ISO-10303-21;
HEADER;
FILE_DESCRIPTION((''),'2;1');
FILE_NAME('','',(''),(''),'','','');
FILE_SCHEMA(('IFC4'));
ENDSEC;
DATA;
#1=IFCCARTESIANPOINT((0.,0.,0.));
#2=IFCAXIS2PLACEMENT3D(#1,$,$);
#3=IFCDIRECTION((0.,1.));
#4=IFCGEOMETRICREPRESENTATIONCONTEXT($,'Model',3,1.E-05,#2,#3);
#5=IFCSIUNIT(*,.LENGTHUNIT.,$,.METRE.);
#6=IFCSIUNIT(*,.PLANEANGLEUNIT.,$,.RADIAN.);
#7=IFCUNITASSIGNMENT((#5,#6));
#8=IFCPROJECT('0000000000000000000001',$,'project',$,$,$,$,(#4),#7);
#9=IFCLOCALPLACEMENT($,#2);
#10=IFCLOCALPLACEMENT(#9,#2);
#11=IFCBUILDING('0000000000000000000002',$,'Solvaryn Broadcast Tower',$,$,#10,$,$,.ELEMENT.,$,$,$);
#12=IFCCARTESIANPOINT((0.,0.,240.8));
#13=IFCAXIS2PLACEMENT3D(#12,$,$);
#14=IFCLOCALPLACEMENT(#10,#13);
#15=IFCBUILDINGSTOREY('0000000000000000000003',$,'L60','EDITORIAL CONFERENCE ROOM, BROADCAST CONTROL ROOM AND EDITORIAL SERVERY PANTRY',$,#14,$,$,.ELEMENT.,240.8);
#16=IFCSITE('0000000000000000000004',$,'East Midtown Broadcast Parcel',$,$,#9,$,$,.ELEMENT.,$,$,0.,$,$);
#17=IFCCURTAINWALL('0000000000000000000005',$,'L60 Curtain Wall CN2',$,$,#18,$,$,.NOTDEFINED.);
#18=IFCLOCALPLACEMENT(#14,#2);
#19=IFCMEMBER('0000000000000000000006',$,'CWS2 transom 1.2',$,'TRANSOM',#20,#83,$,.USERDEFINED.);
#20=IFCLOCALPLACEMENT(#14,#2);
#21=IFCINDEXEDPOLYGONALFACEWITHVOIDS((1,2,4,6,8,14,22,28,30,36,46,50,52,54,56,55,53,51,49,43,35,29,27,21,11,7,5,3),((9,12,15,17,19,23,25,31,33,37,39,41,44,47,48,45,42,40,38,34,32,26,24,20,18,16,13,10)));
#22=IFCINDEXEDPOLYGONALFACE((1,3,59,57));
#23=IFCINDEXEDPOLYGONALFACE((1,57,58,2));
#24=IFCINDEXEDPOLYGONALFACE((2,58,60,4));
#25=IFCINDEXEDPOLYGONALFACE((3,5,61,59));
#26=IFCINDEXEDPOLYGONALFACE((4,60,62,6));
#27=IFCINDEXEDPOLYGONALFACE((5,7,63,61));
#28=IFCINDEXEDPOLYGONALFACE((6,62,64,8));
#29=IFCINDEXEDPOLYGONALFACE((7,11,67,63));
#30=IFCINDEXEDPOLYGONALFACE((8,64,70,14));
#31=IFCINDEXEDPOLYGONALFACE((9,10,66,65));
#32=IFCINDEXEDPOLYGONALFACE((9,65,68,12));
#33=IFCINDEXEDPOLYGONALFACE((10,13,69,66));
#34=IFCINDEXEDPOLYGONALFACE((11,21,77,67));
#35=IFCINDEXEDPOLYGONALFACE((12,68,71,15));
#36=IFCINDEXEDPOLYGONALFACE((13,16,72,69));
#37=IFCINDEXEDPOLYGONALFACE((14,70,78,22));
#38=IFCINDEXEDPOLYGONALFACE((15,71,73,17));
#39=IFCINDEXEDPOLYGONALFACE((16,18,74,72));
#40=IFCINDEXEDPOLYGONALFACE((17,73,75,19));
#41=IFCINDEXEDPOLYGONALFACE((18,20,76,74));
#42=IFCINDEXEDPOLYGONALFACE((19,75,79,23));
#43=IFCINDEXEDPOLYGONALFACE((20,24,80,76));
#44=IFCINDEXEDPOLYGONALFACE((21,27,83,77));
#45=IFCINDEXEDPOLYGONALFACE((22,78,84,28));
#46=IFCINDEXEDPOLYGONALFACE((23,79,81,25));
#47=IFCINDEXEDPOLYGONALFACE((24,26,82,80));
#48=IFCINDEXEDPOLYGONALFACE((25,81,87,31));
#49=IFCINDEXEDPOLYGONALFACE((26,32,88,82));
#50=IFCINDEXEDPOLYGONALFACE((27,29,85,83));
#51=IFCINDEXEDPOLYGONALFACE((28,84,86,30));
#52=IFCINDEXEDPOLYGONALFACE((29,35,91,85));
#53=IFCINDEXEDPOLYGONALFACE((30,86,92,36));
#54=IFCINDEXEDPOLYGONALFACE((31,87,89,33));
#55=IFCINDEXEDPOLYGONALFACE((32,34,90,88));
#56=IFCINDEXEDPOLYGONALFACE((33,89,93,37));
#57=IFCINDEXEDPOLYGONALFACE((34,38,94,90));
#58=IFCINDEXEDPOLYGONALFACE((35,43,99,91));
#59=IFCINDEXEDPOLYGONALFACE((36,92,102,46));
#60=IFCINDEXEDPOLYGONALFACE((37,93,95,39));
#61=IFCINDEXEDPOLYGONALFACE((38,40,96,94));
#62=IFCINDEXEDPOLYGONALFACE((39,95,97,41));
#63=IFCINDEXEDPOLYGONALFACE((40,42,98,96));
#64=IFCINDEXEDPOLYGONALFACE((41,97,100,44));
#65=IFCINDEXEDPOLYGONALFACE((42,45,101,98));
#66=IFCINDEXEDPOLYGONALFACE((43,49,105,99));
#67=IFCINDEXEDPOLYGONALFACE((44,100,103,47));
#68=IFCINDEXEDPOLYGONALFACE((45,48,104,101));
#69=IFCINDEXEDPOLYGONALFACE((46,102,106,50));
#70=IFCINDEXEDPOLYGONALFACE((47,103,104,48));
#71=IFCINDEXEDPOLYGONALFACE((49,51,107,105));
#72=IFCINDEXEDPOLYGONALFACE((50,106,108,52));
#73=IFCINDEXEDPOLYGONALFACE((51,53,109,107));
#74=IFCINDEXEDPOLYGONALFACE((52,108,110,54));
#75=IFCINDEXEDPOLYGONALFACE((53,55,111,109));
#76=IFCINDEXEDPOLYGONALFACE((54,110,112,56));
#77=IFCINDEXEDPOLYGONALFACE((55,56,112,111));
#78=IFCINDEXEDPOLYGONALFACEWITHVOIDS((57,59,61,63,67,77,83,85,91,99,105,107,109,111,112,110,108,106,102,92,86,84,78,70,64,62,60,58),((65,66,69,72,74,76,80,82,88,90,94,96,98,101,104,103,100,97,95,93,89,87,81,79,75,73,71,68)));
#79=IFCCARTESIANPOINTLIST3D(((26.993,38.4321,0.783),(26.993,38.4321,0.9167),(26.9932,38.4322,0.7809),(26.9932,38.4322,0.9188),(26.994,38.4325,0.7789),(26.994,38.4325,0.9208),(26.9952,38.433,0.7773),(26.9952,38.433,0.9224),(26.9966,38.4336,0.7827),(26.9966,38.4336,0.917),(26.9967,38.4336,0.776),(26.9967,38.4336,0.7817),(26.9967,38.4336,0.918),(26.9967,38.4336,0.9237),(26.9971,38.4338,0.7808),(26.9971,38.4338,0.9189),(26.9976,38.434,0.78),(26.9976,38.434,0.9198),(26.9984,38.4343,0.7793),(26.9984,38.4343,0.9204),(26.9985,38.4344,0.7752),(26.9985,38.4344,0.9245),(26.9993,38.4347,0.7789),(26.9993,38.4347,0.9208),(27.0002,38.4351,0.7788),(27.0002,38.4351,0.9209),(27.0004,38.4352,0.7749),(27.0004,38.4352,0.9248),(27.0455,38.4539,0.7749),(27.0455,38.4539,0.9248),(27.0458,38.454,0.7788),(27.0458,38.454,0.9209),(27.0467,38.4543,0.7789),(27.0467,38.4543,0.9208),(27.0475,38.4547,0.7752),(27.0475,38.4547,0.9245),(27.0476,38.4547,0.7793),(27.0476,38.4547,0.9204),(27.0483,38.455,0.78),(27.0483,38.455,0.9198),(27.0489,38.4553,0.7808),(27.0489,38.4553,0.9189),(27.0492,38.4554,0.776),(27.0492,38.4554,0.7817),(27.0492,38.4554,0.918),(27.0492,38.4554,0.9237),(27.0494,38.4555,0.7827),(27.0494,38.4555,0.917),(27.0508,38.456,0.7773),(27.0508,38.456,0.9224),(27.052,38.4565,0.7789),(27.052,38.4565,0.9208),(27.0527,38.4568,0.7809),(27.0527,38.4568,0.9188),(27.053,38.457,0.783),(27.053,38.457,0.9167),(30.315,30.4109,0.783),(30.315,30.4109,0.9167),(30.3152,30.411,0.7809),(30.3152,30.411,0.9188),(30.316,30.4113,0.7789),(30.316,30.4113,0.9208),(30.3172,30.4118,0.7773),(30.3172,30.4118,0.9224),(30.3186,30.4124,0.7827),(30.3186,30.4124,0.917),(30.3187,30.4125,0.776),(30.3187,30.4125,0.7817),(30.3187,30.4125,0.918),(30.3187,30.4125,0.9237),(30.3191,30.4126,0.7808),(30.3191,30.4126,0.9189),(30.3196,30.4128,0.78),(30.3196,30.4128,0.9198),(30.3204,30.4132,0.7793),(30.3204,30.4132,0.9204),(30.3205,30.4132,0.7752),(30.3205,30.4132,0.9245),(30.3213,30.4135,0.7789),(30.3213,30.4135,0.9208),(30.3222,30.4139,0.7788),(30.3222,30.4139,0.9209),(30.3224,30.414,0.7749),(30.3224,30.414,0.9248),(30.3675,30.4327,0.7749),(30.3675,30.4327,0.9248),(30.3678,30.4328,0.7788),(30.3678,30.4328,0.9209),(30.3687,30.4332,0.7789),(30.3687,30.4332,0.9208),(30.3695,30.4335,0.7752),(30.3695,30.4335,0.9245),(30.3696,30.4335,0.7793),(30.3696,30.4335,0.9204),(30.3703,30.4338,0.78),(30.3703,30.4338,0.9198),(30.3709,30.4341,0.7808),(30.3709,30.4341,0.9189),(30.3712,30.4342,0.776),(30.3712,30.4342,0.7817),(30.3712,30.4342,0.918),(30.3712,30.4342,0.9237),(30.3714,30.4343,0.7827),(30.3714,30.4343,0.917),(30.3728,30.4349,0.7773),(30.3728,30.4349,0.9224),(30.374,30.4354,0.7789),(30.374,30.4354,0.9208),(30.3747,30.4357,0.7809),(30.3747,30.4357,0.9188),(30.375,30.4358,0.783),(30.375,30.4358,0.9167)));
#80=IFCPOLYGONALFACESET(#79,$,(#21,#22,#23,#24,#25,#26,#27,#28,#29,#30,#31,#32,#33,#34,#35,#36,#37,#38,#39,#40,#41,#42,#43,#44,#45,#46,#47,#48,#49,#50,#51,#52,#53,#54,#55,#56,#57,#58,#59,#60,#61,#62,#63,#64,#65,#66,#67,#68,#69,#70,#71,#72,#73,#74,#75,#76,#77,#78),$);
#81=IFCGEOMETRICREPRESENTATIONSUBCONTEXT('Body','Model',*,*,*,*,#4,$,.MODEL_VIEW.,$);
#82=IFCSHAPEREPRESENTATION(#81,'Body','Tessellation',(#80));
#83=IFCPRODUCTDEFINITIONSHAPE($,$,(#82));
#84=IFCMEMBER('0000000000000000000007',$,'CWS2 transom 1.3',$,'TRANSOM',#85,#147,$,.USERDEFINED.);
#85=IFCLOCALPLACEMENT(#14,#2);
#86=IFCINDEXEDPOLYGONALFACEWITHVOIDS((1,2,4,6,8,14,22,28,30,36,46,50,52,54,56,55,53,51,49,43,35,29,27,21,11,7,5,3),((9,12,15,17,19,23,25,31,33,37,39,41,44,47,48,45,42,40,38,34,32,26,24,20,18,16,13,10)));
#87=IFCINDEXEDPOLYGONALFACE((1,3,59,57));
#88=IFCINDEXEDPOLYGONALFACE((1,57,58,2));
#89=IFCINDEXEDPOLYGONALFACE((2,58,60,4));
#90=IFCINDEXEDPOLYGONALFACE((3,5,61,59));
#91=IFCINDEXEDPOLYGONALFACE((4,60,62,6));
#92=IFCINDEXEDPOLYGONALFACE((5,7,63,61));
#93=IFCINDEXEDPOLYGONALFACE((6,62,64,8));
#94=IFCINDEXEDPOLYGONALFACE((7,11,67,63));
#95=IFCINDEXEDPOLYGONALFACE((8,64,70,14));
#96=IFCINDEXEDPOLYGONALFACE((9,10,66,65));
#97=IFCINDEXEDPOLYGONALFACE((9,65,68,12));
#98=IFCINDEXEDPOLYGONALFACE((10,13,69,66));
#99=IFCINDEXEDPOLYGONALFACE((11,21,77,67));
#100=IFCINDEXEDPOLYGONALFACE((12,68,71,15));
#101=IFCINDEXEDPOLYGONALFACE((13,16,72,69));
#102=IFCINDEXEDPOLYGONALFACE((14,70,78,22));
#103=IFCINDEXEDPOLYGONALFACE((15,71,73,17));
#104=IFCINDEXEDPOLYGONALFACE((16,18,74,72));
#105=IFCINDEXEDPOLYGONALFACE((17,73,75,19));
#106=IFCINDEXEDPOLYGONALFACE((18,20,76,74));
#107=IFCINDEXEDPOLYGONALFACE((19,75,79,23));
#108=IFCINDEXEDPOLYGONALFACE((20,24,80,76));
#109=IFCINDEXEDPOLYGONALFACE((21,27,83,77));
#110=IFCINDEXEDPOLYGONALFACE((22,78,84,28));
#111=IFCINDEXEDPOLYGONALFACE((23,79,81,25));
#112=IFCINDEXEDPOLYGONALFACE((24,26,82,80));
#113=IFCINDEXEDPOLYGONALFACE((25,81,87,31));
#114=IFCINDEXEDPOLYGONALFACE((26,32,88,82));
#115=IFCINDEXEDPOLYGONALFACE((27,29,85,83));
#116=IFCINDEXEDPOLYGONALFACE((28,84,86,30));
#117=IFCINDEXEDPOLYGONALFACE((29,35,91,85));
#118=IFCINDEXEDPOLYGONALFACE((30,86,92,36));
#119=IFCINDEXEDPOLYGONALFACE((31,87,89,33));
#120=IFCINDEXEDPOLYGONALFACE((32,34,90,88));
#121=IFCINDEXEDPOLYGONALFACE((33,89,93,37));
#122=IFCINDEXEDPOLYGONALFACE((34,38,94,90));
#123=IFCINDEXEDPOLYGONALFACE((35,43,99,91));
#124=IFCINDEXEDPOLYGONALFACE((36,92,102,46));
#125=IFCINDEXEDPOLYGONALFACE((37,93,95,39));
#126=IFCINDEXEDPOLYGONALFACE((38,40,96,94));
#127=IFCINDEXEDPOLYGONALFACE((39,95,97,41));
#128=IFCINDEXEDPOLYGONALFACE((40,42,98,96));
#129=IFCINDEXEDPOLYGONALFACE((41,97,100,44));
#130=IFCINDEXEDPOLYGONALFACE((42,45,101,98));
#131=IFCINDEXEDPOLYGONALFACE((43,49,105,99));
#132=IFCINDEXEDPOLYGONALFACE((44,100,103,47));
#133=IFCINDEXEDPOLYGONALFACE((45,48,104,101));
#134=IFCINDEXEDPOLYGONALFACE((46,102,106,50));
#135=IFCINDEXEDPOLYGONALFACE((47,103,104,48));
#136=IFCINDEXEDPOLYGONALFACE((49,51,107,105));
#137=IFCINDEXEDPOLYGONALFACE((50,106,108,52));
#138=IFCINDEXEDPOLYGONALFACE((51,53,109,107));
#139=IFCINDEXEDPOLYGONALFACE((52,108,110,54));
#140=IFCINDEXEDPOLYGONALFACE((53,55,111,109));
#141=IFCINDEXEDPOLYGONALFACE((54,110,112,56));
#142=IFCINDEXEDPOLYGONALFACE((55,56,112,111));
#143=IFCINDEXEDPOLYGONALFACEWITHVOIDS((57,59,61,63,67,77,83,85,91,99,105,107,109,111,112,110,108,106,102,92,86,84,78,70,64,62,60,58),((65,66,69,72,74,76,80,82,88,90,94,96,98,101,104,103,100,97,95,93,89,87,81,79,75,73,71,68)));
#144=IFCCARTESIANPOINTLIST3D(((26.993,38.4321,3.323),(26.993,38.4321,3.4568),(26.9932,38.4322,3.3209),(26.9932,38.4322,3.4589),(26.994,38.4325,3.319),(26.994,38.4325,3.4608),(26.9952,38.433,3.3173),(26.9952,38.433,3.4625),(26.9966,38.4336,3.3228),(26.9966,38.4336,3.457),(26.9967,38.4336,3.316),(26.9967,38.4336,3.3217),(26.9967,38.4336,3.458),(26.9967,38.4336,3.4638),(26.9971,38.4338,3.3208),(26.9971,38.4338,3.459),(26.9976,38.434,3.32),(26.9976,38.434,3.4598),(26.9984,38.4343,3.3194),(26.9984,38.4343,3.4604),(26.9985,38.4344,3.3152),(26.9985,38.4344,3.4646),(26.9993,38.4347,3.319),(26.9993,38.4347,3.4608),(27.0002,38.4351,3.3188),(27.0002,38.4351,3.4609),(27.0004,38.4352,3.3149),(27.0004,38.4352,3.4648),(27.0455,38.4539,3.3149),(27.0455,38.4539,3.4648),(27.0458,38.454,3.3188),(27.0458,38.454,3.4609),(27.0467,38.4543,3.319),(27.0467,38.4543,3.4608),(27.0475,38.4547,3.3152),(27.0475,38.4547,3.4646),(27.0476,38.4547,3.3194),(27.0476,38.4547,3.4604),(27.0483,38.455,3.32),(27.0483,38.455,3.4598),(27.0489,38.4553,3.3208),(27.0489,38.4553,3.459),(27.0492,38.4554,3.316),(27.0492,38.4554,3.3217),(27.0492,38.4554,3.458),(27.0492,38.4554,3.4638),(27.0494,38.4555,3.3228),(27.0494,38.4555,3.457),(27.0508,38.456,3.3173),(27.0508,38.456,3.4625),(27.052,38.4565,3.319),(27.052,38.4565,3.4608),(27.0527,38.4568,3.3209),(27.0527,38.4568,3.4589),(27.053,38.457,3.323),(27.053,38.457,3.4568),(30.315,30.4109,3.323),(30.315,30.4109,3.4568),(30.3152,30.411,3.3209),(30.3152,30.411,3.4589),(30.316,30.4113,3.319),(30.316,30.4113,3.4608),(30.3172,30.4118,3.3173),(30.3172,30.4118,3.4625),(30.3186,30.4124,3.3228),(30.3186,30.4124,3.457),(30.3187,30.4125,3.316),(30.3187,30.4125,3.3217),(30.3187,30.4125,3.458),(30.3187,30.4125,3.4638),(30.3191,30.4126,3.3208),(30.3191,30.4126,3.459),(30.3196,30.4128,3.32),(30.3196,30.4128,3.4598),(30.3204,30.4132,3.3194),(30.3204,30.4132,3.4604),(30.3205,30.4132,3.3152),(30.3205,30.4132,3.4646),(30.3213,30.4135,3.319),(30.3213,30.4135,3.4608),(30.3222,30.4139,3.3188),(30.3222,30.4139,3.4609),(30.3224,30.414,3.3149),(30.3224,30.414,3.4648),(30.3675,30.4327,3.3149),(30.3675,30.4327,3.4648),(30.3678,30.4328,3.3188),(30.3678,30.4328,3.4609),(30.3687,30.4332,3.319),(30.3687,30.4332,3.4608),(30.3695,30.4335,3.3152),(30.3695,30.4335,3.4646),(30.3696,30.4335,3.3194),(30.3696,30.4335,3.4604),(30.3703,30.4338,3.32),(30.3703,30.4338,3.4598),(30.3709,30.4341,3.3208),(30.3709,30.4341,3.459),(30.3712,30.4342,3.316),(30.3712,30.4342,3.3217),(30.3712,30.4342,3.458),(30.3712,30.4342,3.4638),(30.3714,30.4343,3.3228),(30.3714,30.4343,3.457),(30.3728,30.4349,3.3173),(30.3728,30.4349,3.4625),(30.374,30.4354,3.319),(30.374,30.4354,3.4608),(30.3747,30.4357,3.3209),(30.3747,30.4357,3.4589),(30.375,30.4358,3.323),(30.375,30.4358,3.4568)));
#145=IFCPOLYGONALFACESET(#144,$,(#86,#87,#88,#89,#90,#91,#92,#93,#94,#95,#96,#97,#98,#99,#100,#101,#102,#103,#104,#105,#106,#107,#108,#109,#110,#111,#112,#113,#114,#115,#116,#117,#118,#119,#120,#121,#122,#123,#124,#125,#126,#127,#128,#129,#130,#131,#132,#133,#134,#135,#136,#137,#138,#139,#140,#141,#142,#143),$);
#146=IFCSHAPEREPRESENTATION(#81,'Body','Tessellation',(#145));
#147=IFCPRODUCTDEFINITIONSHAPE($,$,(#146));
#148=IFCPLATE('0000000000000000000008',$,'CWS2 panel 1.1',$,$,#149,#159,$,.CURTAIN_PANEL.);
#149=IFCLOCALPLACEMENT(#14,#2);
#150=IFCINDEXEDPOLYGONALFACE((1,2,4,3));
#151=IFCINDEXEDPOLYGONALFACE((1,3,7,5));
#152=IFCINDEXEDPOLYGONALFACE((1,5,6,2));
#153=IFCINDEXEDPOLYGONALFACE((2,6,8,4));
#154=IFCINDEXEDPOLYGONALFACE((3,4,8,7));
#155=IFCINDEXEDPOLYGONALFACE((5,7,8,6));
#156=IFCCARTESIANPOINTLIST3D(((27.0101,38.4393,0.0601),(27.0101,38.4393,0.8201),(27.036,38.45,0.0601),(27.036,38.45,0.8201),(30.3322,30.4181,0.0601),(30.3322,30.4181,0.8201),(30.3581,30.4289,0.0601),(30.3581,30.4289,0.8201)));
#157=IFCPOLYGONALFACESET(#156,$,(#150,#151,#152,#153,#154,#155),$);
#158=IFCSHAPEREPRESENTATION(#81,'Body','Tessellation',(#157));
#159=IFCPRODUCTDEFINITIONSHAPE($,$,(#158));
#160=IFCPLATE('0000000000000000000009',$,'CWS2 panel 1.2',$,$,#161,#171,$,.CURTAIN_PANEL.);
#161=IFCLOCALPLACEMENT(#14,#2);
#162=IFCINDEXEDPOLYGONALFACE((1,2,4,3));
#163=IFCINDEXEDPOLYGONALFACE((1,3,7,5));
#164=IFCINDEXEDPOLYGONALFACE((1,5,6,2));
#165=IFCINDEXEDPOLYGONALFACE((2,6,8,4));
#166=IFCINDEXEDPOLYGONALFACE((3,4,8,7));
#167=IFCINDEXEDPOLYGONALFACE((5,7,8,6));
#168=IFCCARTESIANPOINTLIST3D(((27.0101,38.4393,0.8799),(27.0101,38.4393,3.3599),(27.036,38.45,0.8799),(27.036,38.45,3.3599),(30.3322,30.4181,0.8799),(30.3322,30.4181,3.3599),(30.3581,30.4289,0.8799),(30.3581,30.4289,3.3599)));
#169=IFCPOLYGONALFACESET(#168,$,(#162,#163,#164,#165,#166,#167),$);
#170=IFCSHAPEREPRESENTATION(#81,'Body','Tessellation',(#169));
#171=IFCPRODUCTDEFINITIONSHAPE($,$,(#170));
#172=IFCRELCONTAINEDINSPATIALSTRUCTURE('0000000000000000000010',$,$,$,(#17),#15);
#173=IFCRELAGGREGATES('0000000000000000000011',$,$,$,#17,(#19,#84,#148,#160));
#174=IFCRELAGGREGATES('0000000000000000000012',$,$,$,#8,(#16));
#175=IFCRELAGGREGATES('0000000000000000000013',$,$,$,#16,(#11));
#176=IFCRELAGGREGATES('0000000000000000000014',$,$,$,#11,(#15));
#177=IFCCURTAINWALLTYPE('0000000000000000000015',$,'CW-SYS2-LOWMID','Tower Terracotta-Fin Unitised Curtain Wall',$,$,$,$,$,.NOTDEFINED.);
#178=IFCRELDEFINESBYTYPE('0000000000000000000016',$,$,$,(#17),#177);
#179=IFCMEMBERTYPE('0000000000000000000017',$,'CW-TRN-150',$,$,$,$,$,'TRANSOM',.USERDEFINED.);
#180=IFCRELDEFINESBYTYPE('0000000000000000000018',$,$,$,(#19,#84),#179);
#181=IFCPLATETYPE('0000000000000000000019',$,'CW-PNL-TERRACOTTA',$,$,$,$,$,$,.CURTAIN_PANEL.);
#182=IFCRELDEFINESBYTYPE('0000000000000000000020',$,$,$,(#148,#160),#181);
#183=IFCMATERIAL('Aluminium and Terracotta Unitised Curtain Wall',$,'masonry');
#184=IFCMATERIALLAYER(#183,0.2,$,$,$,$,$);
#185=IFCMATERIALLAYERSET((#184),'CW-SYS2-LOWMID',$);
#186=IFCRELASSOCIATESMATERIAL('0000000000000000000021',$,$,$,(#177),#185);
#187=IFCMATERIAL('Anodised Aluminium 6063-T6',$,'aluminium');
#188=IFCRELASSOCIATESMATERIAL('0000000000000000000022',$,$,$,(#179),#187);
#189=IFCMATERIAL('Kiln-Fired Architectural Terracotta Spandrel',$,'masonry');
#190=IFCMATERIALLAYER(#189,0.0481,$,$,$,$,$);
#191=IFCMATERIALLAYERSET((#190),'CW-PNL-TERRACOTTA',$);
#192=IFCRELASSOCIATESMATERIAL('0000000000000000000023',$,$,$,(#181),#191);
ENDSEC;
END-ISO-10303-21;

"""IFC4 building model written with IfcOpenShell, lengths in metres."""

from ifc_helpers import new_model, si_unit, direction, frame, origin, origin_2d, place, context, subcontext, project, spatial, rectangle, hollow_rectangle, extrude, material, layer, layer_set, material_profile, profile_set, type_object, element, aggregate, save


model = new_model("IFC4")

# Units and contexts
model_context = context("Model", 3, precision=1e-05, world=origin(), true_north=direction((0.0, 1.0)))
body_context = subcontext(model_context, "Body", "Model", "MODEL_VIEW")
ifc_project = project(units=[si_unit("LENGTHUNIT", "METRE"), si_unit("PLANEANGLEUNIT", "RADIAN")], contexts=[model_context])

# Site, building, storey
site_placement = place(None, origin())
site = spatial("IfcSite", under=ifc_project, at=site_placement, Name="East Midtown Broadcast Parcel", CompositionType="ELEMENT", RefElevation=0.0)
building_placement = place(site_placement, origin())
building = spatial("IfcBuilding", under=site, at=building_placement, Name="Solvaryn Broadcast Tower", CompositionType="ELEMENT")
storey_placement = place(building_placement, frame((0.0, 0.0, 240.8)))
storey = spatial("IfcBuildingStorey", under=building, at=storey_placement, Name="L60", Description="EDITORIAL CONFERENCE ROOM, BROADCAST CONTROL ROOM AND EDITORIAL SERVERY PANTRY", CompositionType="ELEMENT", Elevation=240.8)

# Curtain wall, members, plates
ifc_material_1 = material(Name="Aluminium and Terracotta Unitised Curtain Wall", Category="masonry")
ifc_layer_1 = layer(ifc_material_1, 0.2)
ifc_layer_set_1 = layer_set([ifc_layer_1], Name="CW-SYS2-LOWMID")
curtain_wall_type = type_object("IfcCurtainWallType", Name="CW-SYS2-LOWMID", Description="Tower Terracotta-Fin Unitised Curtain Wall", PredefinedType="NOTDEFINED", material=ifc_layer_set_1)
curtain_wall_placement = place(storey_placement, origin())
curtain_wall = element("IfcCurtainWall", 1, at=curtain_wall_placement, inside=storey, type_object=curtain_wall_type, Name="L60 Curtain Wall CN2", PredefinedType="NOTDEFINED")
ifc_material_2 = material(Name="Anodised Aluminium 6063-T6", Category="aluminium")
ifc_material_profile_1 = material_profile(ifc_material_2, hollow_rectangle(XDim=0.0649, YDim=0.1499, WallThickness=0.0039, InnerFilletRadius=0.0039, OuterFilletRadius=0.0081, at=origin_2d()))
ifc_profile_set_1 = profile_set([ifc_material_profile_1], Name="Anodised Aluminium 6063-T6")
member_type_1 = type_object("IfcMemberType", Name="CW-TRN-150", ElementType="TRANSOM", PredefinedType="USERDEFINED", material=ifc_profile_set_1)
member_1_placement = place(storey_placement, frame((30.345, 30.4233, 0.8499), z_axis=(-0.382636, 0.923899, 0.0), x_axis=(-0.923899, -0.382636, 0.0)))
member_1 = element("IfcMember", 2, at=member_1_placement, type_object=member_type_1, Name="CWS2 transom 1.2", ObjectType="TRANSOM", PredefinedType="USERDEFINED", context=body_context, shape_type="SweptSolid", body=[
    extrude(hollow_rectangle(XDim=0.0649, YDim=0.1499, WallThickness=0.0039, InnerFilletRadius=0.0039, OuterFilletRadius=0.0081, at=origin_2d()), origin(), (0.0, 0.0, 1.0), 8.6819),
])
member_2_placement = place(storey_placement, frame((30.345, 30.4233, 3.3899), z_axis=(-0.382636, 0.923899, 0.0), x_axis=(-0.923899, -0.382636, 0.0)))
member_2 = element("IfcMember", 3, at=member_2_placement, type_object=member_type_1, Name="CWS2 transom 1.3", ObjectType="TRANSOM", PredefinedType="USERDEFINED", context=body_context, shape_type="SweptSolid", body=[
    extrude(hollow_rectangle(XDim=0.0649, YDim=0.1499, WallThickness=0.0039, InnerFilletRadius=0.0039, OuterFilletRadius=0.0081, at=origin_2d()), origin(), (0.0, 0.0, 1.0), 8.6819),
])
ifc_material_3 = material(Name="Kiln-Fired Architectural Terracotta Spandrel", Category="masonry")
ifc_layer_2 = layer(ifc_material_3, 0.0481)
ifc_layer_set_2 = layer_set([ifc_layer_2], Name="CW-PNL-TERRACOTTA")
plate_type = type_object("IfcPlateType", Name="CW-PNL-TERRACOTTA", PredefinedType="CURTAIN_PANEL", material=ifc_layer_set_2)
plate_1_placement = place(storey_placement, frame((28.6841, 34.4341, 0.0601), z_axis=(0.0, 0.0, 1.0), x_axis=(-0.382646, 0.923895, 0.0)))
plate_1 = element("IfcPlate", 4, at=plate_1_placement, type_object=plate_type, Name="CWS2 panel 1.1", PredefinedType="CURTAIN_PANEL", context=body_context, shape_type="SweptSolid", body=[
    extrude(rectangle(XDim=8.6819, YDim=0.0281, at=origin_2d()), origin(), (0.0, 0.0, 1.0), 0.76),
])
plate_2_placement = place(storey_placement, frame((28.6841, 34.4341, 0.8799), z_axis=(0.0, 0.0, 1.0), x_axis=(-0.382646, 0.923895, 0.0)))
plate_2 = element("IfcPlate", 5, at=plate_2_placement, type_object=plate_type, Name="CWS2 panel 1.2", PredefinedType="CURTAIN_PANEL", context=body_context, shape_type="SweptSolid", body=[
    extrude(rectangle(XDim=8.6819, YDim=0.0281, at=origin_2d()), origin(), (0.0, 0.0, 1.0), 2.48),
])
aggregate(curtain_wall, [member_1, member_2, plate_1, plate_2])

save(model, "model.ifc")
